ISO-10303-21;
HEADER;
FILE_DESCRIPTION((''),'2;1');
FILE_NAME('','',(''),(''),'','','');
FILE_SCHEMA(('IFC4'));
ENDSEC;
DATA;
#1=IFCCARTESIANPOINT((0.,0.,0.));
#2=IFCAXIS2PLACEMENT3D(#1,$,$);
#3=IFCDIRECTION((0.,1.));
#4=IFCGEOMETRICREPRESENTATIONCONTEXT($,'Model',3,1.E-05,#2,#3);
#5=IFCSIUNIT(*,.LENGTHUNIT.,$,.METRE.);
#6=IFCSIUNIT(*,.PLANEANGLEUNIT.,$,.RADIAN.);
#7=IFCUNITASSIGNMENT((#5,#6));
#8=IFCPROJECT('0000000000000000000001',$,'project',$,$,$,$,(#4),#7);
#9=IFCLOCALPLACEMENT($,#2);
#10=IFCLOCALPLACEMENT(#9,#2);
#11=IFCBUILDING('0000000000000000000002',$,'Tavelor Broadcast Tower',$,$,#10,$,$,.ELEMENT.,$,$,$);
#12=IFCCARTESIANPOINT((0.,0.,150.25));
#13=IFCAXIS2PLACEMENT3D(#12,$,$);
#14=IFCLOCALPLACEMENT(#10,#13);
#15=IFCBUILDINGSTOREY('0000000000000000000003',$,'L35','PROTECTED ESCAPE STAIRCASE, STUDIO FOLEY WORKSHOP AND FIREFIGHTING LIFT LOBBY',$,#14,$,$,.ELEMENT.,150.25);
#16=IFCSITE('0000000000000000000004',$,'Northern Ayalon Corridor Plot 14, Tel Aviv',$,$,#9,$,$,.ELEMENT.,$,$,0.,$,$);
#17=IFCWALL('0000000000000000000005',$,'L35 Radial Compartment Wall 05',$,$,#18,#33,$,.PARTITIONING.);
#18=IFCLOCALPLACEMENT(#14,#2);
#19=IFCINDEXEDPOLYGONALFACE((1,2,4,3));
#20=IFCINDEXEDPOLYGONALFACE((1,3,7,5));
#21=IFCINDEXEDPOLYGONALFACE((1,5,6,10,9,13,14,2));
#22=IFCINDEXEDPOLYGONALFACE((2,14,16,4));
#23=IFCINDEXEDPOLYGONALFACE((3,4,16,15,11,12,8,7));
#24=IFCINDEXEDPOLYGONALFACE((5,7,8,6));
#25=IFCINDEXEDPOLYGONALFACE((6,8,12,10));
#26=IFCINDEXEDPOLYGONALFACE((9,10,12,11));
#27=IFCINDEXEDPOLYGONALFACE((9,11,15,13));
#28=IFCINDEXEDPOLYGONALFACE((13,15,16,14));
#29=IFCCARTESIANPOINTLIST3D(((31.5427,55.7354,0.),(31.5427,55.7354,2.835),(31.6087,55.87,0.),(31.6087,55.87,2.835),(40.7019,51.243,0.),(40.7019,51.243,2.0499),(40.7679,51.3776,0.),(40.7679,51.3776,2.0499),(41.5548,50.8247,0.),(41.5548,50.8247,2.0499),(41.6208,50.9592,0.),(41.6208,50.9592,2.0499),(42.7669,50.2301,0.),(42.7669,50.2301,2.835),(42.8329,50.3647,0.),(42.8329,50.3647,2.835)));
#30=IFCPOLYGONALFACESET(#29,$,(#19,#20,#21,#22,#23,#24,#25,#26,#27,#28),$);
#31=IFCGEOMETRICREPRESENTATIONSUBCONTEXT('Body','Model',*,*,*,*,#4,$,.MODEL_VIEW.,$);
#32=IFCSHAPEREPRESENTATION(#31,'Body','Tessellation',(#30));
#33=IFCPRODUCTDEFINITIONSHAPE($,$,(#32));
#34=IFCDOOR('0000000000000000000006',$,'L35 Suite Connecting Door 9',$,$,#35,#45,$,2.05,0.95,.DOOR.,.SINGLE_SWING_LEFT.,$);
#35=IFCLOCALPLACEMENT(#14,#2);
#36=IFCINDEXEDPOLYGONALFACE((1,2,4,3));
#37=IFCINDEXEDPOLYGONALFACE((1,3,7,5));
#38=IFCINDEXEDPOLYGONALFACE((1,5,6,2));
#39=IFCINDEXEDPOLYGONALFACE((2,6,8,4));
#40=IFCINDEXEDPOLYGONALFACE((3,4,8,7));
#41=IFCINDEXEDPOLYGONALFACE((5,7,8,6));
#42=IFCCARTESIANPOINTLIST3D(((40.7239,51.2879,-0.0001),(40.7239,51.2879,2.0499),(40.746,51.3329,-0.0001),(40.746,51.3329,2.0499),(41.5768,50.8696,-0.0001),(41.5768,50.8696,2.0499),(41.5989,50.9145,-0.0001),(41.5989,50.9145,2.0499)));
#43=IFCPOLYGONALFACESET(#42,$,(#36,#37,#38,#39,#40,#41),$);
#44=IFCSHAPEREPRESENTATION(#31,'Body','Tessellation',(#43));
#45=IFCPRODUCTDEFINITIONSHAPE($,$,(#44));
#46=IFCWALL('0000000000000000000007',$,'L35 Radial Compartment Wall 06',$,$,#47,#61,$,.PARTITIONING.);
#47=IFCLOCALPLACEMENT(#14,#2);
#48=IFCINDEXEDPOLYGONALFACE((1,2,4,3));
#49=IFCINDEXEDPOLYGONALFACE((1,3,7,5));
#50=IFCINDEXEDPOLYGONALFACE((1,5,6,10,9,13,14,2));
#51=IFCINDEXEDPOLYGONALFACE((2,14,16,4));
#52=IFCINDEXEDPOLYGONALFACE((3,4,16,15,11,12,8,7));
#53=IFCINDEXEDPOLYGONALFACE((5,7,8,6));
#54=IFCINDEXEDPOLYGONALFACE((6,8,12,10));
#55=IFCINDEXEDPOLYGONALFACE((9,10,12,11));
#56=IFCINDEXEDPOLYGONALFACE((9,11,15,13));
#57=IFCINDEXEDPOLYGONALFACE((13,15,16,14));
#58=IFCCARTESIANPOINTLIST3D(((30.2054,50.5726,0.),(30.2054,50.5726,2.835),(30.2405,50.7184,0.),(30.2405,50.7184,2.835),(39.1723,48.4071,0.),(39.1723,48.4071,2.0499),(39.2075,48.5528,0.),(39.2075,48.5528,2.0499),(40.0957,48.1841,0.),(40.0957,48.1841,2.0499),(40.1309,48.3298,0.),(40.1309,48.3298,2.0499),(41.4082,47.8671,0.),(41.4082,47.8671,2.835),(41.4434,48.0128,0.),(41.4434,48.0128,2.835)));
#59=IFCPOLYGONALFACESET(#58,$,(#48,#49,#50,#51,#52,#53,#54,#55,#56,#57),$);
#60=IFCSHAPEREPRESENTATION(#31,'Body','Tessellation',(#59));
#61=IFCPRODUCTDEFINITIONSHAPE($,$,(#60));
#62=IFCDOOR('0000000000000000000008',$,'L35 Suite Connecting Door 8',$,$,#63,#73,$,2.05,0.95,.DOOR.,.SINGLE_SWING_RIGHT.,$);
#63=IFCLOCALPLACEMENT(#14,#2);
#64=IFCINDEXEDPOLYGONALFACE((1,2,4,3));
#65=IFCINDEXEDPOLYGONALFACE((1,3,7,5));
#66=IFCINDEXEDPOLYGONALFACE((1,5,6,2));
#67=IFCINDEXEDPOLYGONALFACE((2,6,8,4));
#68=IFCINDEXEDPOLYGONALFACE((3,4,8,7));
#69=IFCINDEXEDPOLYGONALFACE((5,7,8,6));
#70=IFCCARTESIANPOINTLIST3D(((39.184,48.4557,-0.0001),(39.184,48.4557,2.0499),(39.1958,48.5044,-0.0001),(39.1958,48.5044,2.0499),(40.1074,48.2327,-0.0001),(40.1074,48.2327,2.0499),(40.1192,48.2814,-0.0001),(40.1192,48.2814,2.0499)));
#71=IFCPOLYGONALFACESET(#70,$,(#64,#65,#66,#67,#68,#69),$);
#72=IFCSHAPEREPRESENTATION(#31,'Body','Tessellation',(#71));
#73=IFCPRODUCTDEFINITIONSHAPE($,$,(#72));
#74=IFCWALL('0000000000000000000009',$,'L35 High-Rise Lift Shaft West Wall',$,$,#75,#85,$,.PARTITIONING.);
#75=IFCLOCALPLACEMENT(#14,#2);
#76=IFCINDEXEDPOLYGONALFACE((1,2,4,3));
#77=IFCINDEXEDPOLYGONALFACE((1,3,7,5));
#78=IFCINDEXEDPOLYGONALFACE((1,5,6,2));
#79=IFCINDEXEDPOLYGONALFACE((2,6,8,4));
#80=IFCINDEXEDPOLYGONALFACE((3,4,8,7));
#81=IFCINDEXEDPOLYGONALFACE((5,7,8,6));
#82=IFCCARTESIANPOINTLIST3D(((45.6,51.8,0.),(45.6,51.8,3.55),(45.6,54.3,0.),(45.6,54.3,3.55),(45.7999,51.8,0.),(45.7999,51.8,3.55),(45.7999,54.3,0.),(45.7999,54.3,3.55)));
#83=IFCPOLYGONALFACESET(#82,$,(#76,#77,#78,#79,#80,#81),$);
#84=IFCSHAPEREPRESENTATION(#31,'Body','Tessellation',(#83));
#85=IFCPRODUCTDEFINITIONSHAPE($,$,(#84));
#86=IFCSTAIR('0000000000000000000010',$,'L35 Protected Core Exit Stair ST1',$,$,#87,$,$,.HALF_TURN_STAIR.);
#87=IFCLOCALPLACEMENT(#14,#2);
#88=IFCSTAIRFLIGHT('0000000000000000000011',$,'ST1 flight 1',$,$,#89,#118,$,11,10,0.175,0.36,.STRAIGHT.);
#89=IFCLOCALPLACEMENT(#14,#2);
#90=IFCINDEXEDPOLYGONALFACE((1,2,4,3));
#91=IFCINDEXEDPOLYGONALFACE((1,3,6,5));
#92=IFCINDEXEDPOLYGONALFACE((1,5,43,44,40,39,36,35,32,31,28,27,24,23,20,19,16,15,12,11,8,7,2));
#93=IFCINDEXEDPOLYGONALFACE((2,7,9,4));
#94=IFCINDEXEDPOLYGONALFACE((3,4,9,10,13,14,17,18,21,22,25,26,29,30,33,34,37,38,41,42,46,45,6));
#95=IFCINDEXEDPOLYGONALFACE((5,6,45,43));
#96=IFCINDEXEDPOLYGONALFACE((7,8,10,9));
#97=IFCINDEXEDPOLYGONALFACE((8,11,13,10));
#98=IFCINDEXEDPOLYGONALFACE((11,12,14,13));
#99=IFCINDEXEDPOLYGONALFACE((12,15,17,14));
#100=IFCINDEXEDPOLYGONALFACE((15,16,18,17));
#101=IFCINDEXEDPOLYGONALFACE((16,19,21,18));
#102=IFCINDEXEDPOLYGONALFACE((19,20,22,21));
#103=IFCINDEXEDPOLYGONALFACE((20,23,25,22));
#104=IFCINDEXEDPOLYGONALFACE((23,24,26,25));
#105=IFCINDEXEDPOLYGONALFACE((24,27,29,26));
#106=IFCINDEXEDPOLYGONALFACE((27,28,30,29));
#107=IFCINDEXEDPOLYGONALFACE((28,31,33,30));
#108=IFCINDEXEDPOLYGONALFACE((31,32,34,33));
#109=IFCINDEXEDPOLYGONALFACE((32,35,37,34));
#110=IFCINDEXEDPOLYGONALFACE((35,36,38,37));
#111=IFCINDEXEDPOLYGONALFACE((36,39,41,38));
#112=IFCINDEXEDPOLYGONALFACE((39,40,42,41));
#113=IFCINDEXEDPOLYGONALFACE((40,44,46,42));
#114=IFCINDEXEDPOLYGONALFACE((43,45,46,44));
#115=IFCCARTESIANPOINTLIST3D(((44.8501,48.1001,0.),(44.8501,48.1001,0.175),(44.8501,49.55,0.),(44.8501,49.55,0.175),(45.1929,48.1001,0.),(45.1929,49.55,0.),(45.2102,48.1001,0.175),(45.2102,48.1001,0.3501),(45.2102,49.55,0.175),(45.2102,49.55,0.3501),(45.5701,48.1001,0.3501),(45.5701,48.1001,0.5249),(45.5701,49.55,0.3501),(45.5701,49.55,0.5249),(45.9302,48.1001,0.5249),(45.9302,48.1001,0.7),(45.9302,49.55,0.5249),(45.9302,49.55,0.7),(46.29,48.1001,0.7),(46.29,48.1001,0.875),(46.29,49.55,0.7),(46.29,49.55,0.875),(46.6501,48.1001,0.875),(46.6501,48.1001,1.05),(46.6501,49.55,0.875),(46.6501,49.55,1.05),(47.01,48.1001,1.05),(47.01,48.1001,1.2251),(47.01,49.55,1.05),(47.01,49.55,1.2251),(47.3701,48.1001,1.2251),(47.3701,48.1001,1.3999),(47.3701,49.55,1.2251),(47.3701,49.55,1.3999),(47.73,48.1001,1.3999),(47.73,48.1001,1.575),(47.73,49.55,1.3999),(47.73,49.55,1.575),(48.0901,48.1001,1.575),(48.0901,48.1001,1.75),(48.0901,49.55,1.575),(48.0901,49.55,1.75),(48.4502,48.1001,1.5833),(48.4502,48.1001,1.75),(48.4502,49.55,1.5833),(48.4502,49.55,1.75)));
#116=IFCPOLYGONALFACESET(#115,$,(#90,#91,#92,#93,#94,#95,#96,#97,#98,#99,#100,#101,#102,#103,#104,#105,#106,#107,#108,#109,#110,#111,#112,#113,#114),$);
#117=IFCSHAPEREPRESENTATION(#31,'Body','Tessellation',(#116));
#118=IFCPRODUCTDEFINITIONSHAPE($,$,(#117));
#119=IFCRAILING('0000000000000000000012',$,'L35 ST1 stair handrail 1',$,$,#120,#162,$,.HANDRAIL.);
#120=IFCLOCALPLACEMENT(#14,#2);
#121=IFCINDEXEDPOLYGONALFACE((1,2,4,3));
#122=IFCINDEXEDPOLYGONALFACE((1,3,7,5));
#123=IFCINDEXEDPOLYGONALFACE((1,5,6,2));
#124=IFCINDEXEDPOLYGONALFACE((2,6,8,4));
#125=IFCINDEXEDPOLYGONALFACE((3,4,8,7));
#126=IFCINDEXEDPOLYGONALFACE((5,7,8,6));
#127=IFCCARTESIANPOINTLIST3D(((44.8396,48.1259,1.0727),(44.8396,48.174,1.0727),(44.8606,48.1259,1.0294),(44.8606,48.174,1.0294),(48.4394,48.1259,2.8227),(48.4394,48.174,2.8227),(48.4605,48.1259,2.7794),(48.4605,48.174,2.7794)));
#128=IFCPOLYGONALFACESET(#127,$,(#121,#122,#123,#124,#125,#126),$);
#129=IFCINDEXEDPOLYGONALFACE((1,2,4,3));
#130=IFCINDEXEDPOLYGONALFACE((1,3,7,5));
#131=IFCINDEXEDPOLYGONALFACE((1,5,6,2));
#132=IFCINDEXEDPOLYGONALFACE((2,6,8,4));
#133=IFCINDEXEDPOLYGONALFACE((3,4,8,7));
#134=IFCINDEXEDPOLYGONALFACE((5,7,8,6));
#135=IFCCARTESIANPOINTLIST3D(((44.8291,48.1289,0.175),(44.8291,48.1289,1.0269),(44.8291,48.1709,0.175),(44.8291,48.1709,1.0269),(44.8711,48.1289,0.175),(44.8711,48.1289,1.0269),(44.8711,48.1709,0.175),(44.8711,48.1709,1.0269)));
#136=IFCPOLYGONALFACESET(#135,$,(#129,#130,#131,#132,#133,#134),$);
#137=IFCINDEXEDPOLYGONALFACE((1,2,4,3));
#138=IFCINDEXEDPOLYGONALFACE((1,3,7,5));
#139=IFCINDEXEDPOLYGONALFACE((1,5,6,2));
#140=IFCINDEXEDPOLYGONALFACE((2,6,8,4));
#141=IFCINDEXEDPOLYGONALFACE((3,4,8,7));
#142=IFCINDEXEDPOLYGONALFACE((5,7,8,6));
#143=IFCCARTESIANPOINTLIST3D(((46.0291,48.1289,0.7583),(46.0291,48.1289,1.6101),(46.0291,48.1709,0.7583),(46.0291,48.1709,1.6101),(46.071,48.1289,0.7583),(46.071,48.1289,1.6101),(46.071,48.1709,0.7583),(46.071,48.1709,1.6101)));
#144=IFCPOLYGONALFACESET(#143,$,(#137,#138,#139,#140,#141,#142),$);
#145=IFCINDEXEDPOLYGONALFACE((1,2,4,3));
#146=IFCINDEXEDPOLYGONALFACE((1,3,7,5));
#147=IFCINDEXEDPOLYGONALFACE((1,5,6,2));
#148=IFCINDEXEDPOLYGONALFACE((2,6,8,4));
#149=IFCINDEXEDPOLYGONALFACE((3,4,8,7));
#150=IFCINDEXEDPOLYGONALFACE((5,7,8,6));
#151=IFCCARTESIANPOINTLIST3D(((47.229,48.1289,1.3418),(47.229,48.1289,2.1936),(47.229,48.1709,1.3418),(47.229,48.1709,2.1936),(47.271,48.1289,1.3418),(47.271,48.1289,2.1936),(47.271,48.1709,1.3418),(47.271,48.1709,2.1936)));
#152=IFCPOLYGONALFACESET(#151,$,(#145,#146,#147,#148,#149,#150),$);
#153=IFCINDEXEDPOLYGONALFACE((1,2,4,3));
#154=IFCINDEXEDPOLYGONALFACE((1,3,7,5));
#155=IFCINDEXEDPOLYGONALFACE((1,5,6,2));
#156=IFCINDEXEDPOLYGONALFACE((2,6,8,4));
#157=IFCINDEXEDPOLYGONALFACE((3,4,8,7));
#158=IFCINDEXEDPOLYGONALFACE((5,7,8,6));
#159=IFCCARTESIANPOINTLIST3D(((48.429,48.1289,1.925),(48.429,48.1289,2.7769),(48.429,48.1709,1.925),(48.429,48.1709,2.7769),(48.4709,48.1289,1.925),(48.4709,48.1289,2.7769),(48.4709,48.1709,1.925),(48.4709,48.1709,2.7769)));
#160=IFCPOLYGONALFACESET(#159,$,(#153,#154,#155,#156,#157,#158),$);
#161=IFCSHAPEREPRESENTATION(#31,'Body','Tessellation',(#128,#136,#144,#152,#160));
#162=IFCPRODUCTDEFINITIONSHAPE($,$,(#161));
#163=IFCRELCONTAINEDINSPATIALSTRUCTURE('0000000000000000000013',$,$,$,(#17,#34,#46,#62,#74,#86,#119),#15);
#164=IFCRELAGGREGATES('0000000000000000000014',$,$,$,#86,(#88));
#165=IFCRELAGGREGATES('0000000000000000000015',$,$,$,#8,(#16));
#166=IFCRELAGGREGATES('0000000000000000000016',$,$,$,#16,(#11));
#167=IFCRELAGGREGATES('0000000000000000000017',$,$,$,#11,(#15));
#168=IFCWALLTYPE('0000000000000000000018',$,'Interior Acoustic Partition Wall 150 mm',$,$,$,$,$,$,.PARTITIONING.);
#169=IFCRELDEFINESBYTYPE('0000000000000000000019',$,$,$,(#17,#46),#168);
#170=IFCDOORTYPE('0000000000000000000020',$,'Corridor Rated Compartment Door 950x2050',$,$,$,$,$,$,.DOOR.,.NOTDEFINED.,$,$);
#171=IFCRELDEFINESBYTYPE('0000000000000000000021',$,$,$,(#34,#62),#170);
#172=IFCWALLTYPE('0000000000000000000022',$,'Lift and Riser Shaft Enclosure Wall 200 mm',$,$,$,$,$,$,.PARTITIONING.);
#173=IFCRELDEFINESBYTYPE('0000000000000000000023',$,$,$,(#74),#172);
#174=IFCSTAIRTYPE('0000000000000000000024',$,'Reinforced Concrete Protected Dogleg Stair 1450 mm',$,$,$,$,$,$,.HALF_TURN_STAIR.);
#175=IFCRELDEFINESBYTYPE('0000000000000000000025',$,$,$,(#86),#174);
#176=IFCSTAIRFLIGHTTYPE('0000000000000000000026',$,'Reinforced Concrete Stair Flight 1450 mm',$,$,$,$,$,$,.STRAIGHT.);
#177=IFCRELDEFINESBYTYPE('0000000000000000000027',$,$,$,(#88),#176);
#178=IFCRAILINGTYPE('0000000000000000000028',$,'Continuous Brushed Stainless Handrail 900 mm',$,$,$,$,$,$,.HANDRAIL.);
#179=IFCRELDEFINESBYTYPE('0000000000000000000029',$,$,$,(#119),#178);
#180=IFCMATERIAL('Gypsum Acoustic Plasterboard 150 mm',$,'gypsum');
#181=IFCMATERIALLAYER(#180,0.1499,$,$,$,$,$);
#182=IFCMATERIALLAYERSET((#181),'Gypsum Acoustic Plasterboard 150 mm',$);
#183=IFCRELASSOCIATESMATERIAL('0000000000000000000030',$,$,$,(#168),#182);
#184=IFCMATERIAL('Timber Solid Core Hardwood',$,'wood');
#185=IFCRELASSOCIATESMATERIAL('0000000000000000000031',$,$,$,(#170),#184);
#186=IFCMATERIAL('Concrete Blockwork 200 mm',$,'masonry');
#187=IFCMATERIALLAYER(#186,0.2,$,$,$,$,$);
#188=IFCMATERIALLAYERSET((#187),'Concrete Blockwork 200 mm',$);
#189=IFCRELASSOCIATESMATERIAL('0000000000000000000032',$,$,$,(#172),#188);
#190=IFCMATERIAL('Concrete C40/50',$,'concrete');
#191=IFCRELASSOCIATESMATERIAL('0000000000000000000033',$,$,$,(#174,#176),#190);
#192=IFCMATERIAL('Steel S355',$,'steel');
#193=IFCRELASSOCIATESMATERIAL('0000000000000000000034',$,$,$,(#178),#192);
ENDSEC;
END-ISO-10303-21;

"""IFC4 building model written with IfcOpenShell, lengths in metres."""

from ifc_helpers import new_model, si_unit, direction, frame, frame_2d, origin, origin_2d, place, context, subcontext, project, spatial, polyline, rectangle, outline, extrude, material, layer, layer_set, type_object, element, fill, aggregate, save


model = new_model("IFC4")

# Units and contexts
model_context = context("Model", 3, precision=1e-05, world=origin(), true_north=direction((0.0, 1.0)))
body_context = subcontext(model_context, "Body", "Model", "MODEL_VIEW")
ifc_project = project(units=[si_unit("LENGTHUNIT", "METRE"), si_unit("PLANEANGLEUNIT", "RADIAN")], contexts=[model_context])

# Site, building, storey
site_placement = place(None, origin())
site = spatial("IfcSite", under=ifc_project, at=site_placement, Name="Northern Ayalon Corridor Plot 14, Tel Aviv", CompositionType="ELEMENT", RefElevation=0.0)
building_placement = place(site_placement, origin())
building = spatial("IfcBuilding", under=site, at=building_placement, Name="Tavelor Broadcast Tower", CompositionType="ELEMENT")
storey_placement = place(building_placement, frame((0.0, 0.0, 150.25)))
storey = spatial("IfcBuildingStorey", under=building, at=storey_placement, Name="L35", Description="PROTECTED ESCAPE STAIRCASE, STUDIO FOLEY WORKSHOP AND FIREFIGHTING LIFT LOBBY", CompositionType="ELEMENT", Elevation=150.25)

# Shared definitions
ifc_material_1 = material(Name="Steel S355", Category="steel")

# Shared definitions
ifc_material_2 = material(Name="Gypsum Acoustic Plasterboard 150 mm", Category="gypsum")
ifc_layer_1 = layer(ifc_material_2, 0.1499)
ifc_layer_set_1 = layer_set([ifc_layer_1], Name="Gypsum Acoustic Plasterboard 150 mm")
wall_type_1 = type_object("IfcWallType", Name="Interior Acoustic Partition Wall 150 mm", PredefinedType="PARTITIONING", material=ifc_layer_set_1)

# Walls, openings, doors
wall_1_placement = place(storey_placement, frame((42.8, 50.2974, 0.0), z_axis=(0.0, 0.0, 1.0), x_axis=(-0.897819, 0.440366, 0.0)))
wall_1 = element("IfcWall", 1, at=wall_1_placement, inside=storey, type_object=wall_type_1, Name="L35 Radial Compartment Wall 05", PredefinedType="PARTITIONING", context=body_context, shape_type="SweptSolid", body=[
    extrude(rectangle(XDim=12.5017, YDim=0.1499, at=frame_2d((6.251, 0.0))), origin(), (0.0, 0.0, 1.0), 2.835),
])
opening_1_placement = place(wall_1_placement, frame((1.3501, 0.0, 0.0)))
opening_1 = element("IfcOpeningElement", 2, at=opening_1_placement, cuts=wall_1, PredefinedType="OPENING", context=body_context, shape_type="SweptSolid", body=[
    extrude(rectangle(XDim=0.95, YDim=2.05, at=frame_2d((0.4751, 1.0249))), frame((0.0, 0.085, 0.0), z_axis=(0.0, -1.0, 0.0), x_axis=(1.0, 0.0, 0.0)), (0.0, 0.0, 1.0), 0.1699),
])
ifc_material_3 = material(Name="Timber Solid Core Hardwood", Category="wood")
door_type_1 = type_object("IfcDoorType", Name="Corridor Rated Compartment Door 950x2050", OperationType="NOTDEFINED", PredefinedType="DOOR", material=ifc_material_3)
door_1_placement = place(opening_1_placement, origin())
door_1 = element("IfcDoor", 3, at=door_1_placement, inside=storey, type_object=door_type_1, Name="L35 Suite Connecting Door 9", OperationType="SINGLE_SWING_LEFT", OverallHeight=2.05, OverallWidth=0.95, PredefinedType="DOOR", context=body_context, shape_type="SweptSolid", body=[
    extrude(rectangle(XDim=0.95, YDim=2.05, at=frame_2d((0.4751, 1.0249))), frame((0.0, 0.0249, 0.0), z_axis=(0.0, -1.0, 0.0), x_axis=(1.0, 0.0, 0.0)), (0.0, 0.0, 1.0), 0.05),
])
fill(opening_1, door_1)
wall_2_placement = place(storey_placement, frame((41.4258, 47.9399, 0.0), z_axis=(0.0, 0.0, 1.0), x_axis=(-0.972054, 0.234757, 0.0)))
wall_2 = element("IfcWall", 4, at=wall_2_placement, inside=storey, type_object=wall_type_1, Name="L35 Radial Compartment Wall 06", PredefinedType="PARTITIONING", context=body_context, shape_type="SweptSolid", body=[
    extrude(rectangle(XDim=11.5249, YDim=0.1499, at=frame_2d((5.7625, 0.0))), origin(), (0.0, 0.0, 1.0), 2.835),
])
opening_2_placement = place(wall_2_placement, frame((1.3501, 0.0, 0.0)))
opening_2 = element("IfcOpeningElement", 5, at=opening_2_placement, cuts=wall_2, PredefinedType="OPENING", context=body_context, shape_type="SweptSolid", body=[
    extrude(rectangle(XDim=0.95, YDim=2.05, at=frame_2d((0.4751, 1.0249))), frame((0.0, 0.085, 0.0), z_axis=(0.0, -1.0, 0.0), x_axis=(1.0, 0.0, 0.0)), (0.0, 0.0, 1.0), 0.1699),
])
door_2_placement = place(opening_2_placement, origin())
door_2 = element("IfcDoor", 6, at=door_2_placement, inside=storey, type_object=door_type_1, Name="L35 Suite Connecting Door 8", OperationType="SINGLE_SWING_RIGHT", OverallHeight=2.05, OverallWidth=0.95, PredefinedType="DOOR", context=body_context, shape_type="SweptSolid", body=[
    extrude(rectangle(XDim=0.95, YDim=2.05, at=frame_2d((0.4751, 1.0249))), frame((0.0, 0.0249, 0.0), z_axis=(0.0, -1.0, 0.0), x_axis=(1.0, 0.0, 0.0)), (0.0, 0.0, 1.0), 0.05),
])
fill(opening_2, door_2)

# Wall
ifc_material_4 = material(Name="Concrete Blockwork 200 mm", Category="masonry")
ifc_layer_2 = layer(ifc_material_4, 0.2)
ifc_layer_set_2 = layer_set([ifc_layer_2], Name="Concrete Blockwork 200 mm")
wall_type_2 = type_object("IfcWallType", Name="Lift and Riser Shaft Enclosure Wall 200 mm", PredefinedType="PARTITIONING", material=ifc_layer_set_2)
wall_3_placement = place(storey_placement, frame((45.7, 51.8, 0.0), z_axis=(0.0, 0.0, 1.0), x_axis=(0.0, 1.0, 0.0)))
element("IfcWall", 7, at=wall_3_placement, inside=storey, type_object=wall_type_2, Name="L35 High-Rise Lift Shaft West Wall", PredefinedType="PARTITIONING", context=body_context, shape_type="SweptSolid", body=[
    extrude(rectangle(XDim=2.5, YDim=0.2, at=frame_2d((1.25, 0.0))), origin(), (0.0, 0.0, 1.0), 3.55),
])

# Stair, stair flight
ifc_material_5 = material(Name="Concrete C40/50", Category="concrete")
stair_type = type_object("IfcStairType", Name="Reinforced Concrete Protected Dogleg Stair 1450 mm", PredefinedType="HALF_TURN_STAIR", material=ifc_material_5)
stair_placement = place(storey_placement, origin())
stair = element("IfcStair", 8, at=stair_placement, inside=storey, type_object=stair_type, Name="L35 Protected Core Exit Stair ST1", PredefinedType="HALF_TURN_STAIR")
stair_flight_type = type_object("IfcStairFlightType", Name="Reinforced Concrete Stair Flight 1450 mm", PredefinedType="STRAIGHT", material=ifc_material_5)
stair_flight_placement = place(storey_placement, frame((44.8501, 48.825, 0.0), z_axis=(0.0, 0.0, 1.0), x_axis=(1.0, 0.0, 0.0)))
stair_flight = element("IfcStairFlight", 9, at=stair_flight_placement, type_object=stair_flight_type, Name="ST1 flight 1", NumberOfRisers=11, NumberOfTreads=10, PredefinedType="STRAIGHT", RiserHeight=0.175, TreadLength=0.36, context=body_context, shape_type="SweptSolid", body=[
    extrude(outline(polyline([(0.0, 0.0), (0.0, 0.175), (0.3601, 0.175), (0.3601, 0.3501), (0.72, 0.3501), (0.72, 0.5249), (1.0801, 0.5249), (1.0801, 0.7), (1.4399, 0.7), (1.4399, 0.875), (1.8, 0.875), (1.8, 1.05), (2.1599, 1.05), (2.1599, 1.2251), (2.52, 1.2251), (2.52, 1.3999), (2.8799, 1.3999), (2.8799, 1.575), (3.24, 1.575), (3.24, 1.75), (3.6001, 1.75), (3.6001, 1.925), (3.6001, 1.5833), (0.3428, 0.0), (0.0, 0.0)])), frame((0.0, 0.7251, 0.0), z_axis=(0.0, -1.0, 0.0), x_axis=(1.0, 0.0, 0.0)), (0.0, 0.0, 1.0), 1.45),
])
aggregate(stair, [stair_flight])

# Railing
railing_type_1 = type_object("IfcRailingType", Name="Continuous Brushed Stainless Handrail 900 mm", PredefinedType="HANDRAIL", material=ifc_material_1)
railing_1_placement = place(storey_placement, frame((44.8501, 48.1499, 0.175)))
element("IfcRailing", 10, at=railing_1_placement, inside=storey, type_object=railing_type_1, Name="L35 ST1 stair handrail 1", PredefinedType="HANDRAIL", context=body_context, shape_type="SweptSolid", body=[
    extrude(rectangle(XDim=0.0481, YDim=0.0481, at=origin_2d()), frame((0.0, 0.0, 0.876), z_axis=(0.899361, 0.0, 0.437207), x_axis=(0.0, 1.0, 0.0)), (0.0, 0.0, 1.0), 4.0027),
    extrude(rectangle(XDim=0.042, YDim=0.042, at=origin_2d()), origin(), (0.0, 0.0, 1.0), 0.8518),
    extrude(rectangle(XDim=0.042, YDim=0.042, at=origin_2d()), frame((1.2, 0.0, 0.5833)), (0.0, 0.0, 1.0), 0.8518),
    extrude(rectangle(XDim=0.042, YDim=0.042, at=origin_2d()), frame((2.3999, 0.0, 1.1667)), (0.0, 0.0, 1.0), 0.8518),
    extrude(rectangle(XDim=0.042, YDim=0.042, at=origin_2d()), frame((3.5999, 0.0, 1.75)), (0.0, 0.0, 1.0), 0.8518),
])

save(model, "model.ifc")
